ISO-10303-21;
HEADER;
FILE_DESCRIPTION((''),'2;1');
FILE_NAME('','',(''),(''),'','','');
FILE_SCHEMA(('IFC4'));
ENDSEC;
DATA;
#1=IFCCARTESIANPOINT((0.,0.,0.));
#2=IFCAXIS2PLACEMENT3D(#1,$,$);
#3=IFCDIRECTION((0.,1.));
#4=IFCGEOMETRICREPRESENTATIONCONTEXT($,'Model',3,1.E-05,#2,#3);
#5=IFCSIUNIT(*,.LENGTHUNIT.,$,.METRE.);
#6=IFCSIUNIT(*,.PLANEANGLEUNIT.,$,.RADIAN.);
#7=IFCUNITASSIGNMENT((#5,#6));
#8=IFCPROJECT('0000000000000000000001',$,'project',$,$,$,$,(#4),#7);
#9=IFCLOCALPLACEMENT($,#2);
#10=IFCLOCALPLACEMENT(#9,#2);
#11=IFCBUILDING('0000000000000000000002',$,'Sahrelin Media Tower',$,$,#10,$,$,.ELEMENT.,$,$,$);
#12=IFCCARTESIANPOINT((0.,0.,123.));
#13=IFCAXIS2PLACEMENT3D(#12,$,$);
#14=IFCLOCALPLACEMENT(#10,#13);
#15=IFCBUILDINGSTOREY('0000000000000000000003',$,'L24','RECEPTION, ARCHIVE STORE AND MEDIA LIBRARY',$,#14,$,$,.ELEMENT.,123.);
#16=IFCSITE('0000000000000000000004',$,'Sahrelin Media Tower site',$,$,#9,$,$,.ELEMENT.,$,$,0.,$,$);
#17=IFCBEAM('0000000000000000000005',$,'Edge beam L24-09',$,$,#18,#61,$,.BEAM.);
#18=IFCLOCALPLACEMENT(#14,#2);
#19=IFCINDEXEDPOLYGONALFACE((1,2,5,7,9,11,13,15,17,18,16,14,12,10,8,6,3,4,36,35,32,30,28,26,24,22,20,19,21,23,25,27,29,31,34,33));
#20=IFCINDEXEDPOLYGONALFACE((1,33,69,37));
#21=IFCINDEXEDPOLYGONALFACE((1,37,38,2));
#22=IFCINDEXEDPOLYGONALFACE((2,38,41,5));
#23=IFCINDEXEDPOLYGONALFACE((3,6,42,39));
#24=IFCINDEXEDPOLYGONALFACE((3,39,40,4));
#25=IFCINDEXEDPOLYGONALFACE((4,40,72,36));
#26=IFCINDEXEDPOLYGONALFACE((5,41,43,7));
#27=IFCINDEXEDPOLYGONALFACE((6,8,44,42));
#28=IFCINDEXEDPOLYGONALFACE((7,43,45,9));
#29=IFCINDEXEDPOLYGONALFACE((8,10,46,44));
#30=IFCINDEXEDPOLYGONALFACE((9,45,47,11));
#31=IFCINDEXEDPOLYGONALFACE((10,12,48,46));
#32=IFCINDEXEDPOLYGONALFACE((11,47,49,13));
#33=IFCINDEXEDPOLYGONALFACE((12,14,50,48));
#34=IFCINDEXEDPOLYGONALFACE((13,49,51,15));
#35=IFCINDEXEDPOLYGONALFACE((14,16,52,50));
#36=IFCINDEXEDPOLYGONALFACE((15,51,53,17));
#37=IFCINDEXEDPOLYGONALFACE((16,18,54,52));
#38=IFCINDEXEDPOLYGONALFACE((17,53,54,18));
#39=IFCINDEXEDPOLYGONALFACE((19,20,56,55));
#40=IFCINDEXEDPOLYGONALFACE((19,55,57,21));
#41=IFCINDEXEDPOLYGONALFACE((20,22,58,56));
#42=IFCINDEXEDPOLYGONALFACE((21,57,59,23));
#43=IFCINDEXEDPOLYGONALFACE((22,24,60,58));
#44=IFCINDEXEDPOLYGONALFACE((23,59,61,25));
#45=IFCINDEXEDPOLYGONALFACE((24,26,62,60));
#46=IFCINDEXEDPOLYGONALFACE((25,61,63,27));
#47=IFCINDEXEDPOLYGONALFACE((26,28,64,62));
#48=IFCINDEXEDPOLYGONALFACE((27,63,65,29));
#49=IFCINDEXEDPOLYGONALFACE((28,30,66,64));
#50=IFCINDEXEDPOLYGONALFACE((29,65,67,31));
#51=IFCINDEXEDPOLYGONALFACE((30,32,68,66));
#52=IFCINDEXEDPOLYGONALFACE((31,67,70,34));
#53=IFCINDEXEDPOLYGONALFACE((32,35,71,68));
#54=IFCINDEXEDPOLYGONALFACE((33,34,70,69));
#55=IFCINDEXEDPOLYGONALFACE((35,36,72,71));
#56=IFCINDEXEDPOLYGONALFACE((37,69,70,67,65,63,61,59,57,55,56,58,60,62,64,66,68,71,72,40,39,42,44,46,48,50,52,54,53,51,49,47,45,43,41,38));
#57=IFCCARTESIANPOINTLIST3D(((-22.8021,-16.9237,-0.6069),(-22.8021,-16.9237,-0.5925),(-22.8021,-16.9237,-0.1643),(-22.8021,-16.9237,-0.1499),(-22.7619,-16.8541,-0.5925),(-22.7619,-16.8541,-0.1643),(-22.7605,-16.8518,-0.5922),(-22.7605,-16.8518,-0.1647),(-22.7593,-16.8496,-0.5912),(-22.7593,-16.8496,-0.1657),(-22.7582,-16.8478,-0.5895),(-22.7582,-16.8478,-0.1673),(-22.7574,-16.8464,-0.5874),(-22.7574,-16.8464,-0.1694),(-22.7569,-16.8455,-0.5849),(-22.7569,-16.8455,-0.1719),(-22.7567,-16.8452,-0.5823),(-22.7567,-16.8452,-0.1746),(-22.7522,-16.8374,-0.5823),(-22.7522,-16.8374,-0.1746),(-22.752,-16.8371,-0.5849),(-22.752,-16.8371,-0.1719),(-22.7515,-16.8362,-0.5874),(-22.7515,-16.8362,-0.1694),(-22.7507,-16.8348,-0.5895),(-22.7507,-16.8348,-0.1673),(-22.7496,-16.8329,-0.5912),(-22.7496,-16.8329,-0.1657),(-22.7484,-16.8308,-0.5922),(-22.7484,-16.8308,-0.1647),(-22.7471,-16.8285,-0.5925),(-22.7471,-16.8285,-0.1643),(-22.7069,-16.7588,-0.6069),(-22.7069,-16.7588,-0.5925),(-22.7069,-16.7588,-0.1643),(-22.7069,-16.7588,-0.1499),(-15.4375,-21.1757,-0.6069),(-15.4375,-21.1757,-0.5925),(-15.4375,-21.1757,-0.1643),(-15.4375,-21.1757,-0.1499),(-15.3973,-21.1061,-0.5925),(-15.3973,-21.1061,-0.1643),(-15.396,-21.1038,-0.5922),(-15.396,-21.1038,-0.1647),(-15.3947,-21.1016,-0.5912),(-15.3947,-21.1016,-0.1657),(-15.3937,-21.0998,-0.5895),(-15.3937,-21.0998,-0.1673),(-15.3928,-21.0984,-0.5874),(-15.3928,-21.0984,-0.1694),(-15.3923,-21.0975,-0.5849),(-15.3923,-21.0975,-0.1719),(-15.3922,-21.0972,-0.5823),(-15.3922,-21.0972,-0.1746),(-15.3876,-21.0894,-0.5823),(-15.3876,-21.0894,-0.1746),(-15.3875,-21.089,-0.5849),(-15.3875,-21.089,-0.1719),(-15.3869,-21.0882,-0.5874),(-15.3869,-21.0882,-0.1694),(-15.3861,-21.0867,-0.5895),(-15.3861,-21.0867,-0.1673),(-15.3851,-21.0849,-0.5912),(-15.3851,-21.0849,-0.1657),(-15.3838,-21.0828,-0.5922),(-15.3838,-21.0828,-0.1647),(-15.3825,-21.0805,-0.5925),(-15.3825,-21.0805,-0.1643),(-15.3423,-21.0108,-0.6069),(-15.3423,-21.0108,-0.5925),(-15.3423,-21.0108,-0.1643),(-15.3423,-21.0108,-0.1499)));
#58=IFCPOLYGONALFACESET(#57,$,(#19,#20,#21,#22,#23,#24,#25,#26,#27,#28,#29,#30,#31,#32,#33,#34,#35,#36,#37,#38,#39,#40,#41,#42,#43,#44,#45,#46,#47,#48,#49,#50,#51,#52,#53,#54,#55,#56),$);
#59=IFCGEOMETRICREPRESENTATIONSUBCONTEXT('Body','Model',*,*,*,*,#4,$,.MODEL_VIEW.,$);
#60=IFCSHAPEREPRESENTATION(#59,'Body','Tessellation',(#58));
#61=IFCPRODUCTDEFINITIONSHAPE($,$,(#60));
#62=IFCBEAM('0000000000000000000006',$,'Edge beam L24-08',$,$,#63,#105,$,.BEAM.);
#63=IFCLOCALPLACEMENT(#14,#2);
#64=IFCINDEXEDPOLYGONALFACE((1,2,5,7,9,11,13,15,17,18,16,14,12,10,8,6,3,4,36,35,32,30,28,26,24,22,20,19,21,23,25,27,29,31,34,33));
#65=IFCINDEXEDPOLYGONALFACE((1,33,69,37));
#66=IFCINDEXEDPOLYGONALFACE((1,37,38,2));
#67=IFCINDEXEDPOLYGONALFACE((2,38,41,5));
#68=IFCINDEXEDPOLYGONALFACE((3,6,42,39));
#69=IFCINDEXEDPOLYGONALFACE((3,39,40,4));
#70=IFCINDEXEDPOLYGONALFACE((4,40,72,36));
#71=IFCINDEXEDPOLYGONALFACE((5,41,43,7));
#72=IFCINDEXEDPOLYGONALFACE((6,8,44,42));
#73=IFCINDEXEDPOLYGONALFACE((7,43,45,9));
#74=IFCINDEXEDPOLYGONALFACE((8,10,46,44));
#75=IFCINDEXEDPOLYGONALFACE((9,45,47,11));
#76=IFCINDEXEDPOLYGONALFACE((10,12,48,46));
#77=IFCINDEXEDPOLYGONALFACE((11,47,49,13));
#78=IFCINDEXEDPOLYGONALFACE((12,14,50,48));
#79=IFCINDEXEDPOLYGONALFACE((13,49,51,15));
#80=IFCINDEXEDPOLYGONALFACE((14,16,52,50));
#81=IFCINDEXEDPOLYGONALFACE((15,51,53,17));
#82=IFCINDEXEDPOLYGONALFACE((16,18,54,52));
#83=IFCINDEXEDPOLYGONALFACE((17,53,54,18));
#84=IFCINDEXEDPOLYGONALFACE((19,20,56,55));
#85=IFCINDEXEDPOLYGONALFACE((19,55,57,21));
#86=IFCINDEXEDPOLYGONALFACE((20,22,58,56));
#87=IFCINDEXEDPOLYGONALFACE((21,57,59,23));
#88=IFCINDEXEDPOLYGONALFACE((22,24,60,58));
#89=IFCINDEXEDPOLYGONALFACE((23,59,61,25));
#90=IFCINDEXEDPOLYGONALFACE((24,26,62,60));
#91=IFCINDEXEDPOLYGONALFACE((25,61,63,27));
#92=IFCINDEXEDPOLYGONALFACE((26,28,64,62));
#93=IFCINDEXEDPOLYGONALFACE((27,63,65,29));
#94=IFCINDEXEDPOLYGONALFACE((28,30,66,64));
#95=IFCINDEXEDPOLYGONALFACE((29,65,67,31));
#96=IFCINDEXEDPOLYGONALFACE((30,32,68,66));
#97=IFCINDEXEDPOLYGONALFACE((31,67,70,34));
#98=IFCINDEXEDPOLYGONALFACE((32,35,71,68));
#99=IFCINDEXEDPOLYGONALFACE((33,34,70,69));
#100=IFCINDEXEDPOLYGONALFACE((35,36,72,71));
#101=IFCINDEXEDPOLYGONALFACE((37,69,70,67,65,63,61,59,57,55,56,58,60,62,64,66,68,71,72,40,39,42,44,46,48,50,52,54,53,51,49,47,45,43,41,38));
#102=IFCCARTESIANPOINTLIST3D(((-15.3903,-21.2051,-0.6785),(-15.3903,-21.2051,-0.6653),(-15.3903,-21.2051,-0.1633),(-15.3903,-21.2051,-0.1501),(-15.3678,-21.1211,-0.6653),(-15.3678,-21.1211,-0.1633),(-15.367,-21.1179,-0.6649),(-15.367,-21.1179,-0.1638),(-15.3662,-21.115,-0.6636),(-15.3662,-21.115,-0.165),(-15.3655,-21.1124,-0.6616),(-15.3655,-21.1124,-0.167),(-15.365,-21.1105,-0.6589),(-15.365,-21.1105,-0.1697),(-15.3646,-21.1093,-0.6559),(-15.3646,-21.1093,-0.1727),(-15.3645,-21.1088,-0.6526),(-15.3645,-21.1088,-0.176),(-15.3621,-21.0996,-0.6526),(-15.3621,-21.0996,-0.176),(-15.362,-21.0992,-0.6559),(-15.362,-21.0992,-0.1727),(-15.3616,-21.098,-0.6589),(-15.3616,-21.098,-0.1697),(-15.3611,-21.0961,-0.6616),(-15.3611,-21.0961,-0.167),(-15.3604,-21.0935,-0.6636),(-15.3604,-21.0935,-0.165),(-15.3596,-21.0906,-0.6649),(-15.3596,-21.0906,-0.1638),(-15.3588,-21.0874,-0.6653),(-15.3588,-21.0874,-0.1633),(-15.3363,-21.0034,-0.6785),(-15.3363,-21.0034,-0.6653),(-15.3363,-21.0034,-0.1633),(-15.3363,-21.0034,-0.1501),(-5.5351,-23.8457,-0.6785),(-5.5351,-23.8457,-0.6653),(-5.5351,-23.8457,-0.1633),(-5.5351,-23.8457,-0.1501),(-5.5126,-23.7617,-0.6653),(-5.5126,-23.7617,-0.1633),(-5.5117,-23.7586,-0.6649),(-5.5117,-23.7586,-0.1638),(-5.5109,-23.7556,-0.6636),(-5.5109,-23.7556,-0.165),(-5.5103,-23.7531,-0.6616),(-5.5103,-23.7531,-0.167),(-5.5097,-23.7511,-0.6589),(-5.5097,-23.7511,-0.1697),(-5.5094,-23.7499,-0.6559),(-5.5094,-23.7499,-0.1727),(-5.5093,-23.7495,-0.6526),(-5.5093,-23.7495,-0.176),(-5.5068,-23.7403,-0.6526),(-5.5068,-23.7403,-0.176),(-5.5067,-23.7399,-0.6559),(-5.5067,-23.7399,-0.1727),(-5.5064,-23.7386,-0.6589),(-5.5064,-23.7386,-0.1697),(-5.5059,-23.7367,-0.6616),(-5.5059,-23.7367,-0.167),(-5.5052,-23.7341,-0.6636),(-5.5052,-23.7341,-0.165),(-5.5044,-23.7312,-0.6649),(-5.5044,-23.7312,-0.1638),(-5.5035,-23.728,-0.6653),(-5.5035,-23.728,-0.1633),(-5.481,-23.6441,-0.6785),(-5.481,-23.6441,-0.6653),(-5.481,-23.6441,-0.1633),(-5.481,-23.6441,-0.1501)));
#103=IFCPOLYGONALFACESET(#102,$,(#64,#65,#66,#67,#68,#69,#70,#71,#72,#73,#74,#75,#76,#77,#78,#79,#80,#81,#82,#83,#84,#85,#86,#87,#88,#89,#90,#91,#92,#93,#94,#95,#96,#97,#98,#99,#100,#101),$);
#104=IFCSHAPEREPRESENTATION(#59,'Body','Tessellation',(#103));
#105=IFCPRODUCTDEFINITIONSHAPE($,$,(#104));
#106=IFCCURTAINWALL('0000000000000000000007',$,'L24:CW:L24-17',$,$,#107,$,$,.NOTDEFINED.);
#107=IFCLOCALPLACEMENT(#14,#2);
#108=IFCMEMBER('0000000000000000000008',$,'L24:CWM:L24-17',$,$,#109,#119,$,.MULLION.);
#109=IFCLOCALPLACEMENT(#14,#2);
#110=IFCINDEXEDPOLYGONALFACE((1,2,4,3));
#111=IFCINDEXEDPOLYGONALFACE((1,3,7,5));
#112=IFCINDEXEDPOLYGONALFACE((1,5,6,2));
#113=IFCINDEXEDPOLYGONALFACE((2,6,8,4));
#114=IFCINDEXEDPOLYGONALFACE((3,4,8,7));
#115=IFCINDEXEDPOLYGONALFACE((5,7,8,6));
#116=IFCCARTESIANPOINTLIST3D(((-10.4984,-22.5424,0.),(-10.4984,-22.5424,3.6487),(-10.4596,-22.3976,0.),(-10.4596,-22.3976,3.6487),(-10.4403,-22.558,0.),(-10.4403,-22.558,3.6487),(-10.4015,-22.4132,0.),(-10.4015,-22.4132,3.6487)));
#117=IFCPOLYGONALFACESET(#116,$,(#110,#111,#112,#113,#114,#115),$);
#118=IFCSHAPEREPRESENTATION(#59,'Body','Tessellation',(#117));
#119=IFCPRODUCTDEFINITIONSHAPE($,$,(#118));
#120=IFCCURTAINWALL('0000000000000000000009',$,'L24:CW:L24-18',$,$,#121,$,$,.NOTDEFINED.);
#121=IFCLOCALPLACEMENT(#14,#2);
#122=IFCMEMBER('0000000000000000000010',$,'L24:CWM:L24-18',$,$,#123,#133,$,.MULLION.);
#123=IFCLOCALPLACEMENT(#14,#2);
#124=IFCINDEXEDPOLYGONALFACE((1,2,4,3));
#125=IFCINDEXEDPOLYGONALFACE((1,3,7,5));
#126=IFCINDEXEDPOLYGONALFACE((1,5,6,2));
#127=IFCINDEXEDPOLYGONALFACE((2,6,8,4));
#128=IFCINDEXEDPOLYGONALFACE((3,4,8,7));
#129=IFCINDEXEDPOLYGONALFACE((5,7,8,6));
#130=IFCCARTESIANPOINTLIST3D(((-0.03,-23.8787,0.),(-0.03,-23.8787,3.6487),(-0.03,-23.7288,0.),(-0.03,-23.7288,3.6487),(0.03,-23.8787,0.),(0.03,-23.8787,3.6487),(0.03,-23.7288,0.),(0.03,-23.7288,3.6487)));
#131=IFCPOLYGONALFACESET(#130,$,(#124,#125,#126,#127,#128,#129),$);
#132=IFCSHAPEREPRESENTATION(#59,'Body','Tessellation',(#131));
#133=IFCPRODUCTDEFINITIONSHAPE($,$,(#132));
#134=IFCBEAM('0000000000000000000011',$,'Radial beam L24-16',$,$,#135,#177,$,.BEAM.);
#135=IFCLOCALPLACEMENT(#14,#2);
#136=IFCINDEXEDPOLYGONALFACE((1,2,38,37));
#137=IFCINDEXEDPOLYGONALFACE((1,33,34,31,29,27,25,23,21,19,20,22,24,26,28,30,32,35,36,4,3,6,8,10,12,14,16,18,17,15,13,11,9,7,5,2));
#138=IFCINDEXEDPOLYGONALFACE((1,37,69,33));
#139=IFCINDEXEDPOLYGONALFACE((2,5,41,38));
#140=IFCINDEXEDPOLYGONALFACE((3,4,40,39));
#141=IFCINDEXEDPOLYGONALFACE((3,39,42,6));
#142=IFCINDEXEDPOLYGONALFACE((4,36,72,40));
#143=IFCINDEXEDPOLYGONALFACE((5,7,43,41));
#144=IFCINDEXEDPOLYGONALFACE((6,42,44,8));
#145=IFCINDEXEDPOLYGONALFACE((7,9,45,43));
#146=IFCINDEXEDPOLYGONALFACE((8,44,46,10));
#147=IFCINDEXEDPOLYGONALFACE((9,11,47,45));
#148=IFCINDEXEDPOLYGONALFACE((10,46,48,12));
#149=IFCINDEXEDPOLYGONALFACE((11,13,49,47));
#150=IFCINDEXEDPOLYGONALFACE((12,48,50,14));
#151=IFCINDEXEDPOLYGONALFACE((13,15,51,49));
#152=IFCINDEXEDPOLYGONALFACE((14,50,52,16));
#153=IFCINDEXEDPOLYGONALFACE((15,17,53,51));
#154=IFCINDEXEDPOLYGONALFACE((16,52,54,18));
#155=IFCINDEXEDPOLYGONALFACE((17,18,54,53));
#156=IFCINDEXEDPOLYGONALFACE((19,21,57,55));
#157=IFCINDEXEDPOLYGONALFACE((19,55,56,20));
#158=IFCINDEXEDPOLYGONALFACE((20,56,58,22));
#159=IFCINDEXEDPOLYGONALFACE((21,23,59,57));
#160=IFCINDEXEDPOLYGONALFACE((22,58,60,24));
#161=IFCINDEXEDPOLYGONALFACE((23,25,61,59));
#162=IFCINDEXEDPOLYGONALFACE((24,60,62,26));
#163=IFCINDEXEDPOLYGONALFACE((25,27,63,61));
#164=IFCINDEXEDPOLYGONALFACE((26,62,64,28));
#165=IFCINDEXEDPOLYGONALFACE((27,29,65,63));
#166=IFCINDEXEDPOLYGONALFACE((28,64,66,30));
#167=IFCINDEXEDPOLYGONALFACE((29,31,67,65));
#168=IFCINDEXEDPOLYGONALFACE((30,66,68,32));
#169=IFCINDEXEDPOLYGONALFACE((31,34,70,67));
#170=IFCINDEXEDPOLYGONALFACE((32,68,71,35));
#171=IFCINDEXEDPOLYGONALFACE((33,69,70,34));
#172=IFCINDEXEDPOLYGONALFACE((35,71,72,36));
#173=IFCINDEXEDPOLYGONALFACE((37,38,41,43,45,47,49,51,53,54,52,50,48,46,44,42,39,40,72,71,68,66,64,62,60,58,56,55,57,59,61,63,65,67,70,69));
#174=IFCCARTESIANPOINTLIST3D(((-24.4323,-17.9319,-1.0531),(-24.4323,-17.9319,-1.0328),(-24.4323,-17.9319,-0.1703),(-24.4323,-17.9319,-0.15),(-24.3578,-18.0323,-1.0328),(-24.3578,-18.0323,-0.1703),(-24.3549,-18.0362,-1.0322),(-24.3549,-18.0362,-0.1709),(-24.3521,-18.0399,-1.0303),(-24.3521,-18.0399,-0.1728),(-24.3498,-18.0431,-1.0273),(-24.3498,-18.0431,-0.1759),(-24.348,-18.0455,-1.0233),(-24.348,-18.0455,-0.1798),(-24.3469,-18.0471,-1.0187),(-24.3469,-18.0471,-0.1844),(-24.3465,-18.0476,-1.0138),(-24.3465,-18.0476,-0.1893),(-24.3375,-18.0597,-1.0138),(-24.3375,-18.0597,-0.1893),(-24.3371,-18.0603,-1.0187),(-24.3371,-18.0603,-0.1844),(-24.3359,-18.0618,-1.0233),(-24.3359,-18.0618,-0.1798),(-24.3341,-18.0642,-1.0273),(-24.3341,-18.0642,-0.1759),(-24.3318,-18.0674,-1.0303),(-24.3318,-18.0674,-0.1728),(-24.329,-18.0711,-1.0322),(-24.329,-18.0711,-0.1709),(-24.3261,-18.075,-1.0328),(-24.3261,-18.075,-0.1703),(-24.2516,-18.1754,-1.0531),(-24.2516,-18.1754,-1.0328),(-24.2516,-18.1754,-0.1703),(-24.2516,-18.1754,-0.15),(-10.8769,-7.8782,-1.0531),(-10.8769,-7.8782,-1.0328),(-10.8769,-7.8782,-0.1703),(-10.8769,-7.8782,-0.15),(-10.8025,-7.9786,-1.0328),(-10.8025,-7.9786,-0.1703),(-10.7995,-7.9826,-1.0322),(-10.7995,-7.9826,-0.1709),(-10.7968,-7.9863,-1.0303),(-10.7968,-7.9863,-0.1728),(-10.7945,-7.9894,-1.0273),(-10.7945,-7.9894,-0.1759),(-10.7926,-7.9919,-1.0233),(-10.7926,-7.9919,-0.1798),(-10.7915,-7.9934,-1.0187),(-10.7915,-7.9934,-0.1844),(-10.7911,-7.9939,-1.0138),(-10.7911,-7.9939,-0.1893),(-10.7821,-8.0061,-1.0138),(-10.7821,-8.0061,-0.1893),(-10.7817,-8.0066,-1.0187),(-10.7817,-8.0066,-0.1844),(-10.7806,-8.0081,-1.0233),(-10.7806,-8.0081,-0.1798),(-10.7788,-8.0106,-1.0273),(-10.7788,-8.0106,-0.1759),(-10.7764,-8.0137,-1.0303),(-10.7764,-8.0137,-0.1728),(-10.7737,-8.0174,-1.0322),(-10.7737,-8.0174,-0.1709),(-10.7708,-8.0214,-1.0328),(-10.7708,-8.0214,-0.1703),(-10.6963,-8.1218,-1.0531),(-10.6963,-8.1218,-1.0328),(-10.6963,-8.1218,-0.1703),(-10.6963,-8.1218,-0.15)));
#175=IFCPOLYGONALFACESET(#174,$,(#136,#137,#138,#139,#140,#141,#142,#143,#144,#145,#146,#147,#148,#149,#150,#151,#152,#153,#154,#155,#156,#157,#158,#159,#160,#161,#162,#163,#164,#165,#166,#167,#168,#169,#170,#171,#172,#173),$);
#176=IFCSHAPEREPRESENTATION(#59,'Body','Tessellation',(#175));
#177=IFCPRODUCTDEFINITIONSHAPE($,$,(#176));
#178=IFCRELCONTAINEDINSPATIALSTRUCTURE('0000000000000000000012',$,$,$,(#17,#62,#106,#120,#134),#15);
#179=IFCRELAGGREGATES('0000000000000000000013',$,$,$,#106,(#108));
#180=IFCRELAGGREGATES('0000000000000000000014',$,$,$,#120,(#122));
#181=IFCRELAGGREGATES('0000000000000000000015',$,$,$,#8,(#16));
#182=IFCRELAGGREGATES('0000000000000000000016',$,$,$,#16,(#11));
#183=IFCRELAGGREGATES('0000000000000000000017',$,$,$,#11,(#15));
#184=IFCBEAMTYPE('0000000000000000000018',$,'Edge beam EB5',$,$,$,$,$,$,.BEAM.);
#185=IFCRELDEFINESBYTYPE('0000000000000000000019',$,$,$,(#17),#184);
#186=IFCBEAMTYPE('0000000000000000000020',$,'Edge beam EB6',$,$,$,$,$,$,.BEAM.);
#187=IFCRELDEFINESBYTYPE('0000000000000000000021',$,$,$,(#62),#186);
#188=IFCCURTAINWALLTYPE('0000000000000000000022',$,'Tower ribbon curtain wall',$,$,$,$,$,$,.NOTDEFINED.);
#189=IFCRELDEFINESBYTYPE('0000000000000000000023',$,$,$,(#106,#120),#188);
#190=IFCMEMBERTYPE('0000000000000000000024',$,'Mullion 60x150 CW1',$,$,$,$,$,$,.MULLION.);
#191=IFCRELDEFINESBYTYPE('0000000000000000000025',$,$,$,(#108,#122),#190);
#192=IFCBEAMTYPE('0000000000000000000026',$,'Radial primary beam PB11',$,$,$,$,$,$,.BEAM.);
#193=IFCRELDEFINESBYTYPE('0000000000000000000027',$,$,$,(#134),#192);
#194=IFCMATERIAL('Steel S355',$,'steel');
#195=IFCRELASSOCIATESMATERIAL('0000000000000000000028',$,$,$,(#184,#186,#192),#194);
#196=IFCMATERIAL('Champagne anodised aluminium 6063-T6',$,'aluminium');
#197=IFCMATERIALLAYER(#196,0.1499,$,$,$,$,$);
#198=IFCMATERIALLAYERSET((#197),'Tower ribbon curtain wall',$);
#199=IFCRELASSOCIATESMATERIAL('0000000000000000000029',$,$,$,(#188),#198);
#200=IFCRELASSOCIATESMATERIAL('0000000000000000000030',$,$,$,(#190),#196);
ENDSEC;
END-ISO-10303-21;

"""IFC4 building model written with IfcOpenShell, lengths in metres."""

from ifc_helpers import new_model, si_unit, direction, frame, origin, origin_2d, place, context, subcontext, project, spatial, rectangle, i_section, extrude, material, layer, layer_set, material_profile, profile_set, type_object, element, aggregate, save


model = new_model("IFC4")

# Units and contexts
model_context = context("Model", 3, precision=1e-05, world=origin(), true_north=direction((0.0, 1.0)))
body_context = subcontext(model_context, "Body", "Model", "MODEL_VIEW")
ifc_project = project(units=[si_unit("LENGTHUNIT", "METRE"), si_unit("PLANEANGLEUNIT", "RADIAN")], contexts=[model_context])

# Site, building, storey
site_placement = place(None, origin())
site = spatial("IfcSite", under=ifc_project, at=site_placement, Name="Sahrelin Media Tower site", CompositionType="ELEMENT", RefElevation=0.0)
building_placement = place(site_placement, origin())
building = spatial("IfcBuilding", under=site, at=building_placement, Name="Sahrelin Media Tower", CompositionType="ELEMENT")
storey_placement = place(building_placement, frame((0.0, 0.0, 123.0)))
storey = spatial("IfcBuildingStorey", under=building, at=storey_placement, Name="L24", Description="RECEPTION, ARCHIVE STORE AND MEDIA LIBRARY", CompositionType="ELEMENT", Elevation=123.0)

# Beams
ifc_material_1 = material(Name="Steel S355", Category="steel")
ifc_material_profile_1 = material_profile(ifc_material_1, i_section(OverallWidth=0.1904, OverallDepth=0.457, WebThickness=0.009, FlangeThickness=0.0144, FilletRadius=0.0103, at=origin_2d()), Name="UB 457x191x74")
ifc_profile_set_1 = profile_set([ifc_material_profile_1], Name="Steel S355")
beam_type_1 = type_object("IfcBeamType", Name="Edge beam EB5", PredefinedType="BEAM", material=ifc_profile_set_1)
beam_1_placement = place(storey_placement, frame((-15.3899, -21.0933, -0.3784), z_axis=(-0.866023, 0.500005, 0.0), x_axis=(-0.500005, -0.866023, 0.0)))
element("IfcBeam", 1, at=beam_1_placement, inside=storey, type_object=beam_type_1, Name="Edge beam L24-09", PredefinedType="BEAM", context=body_context, shape_type="SweptSolid", body=[
    extrude(i_section(OverallWidth=0.1904, OverallDepth=0.457, WebThickness=0.009, FlangeThickness=0.0144, FilletRadius=0.0103, at=origin_2d()), origin(), (0.0, 0.0, 1.0), 8.5039),
])
ifc_material_profile_2 = material_profile(ifc_material_1, i_section(OverallWidth=0.2087, OverallDepth=0.5283, WebThickness=0.0095, FlangeThickness=0.0132, FilletRadius=0.0127, at=origin_2d()), Name="UB 533x210x82")
ifc_profile_set_2 = profile_set([ifc_material_profile_2], Name="Steel S355")
beam_type_2 = type_object("IfcBeamType", Name="Edge beam EB6", PredefinedType="BEAM", material=ifc_profile_set_2)
beam_2_placement = place(storey_placement, frame((-5.5081, -23.7449, -0.4143), z_axis=(-0.965928, 0.258812, 0.0), x_axis=(-0.258812, -0.965928, 0.0)))
element("IfcBeam", 2, at=beam_2_placement, inside=storey, type_object=beam_type_2, Name="Edge beam L24-08", PredefinedType="BEAM", context=body_context, shape_type="SweptSolid", body=[
    extrude(i_section(OverallWidth=0.2087, OverallDepth=0.5283, WebThickness=0.0095, FlangeThickness=0.0132, FilletRadius=0.0127, at=origin_2d()), origin(), (0.0, 0.0, 1.0), 10.2029),
])

# Curtain walls, members
ifc_material_2 = material(Name="Champagne anodised aluminium 6063-T6", Category="aluminium")
ifc_layer_1 = layer(ifc_material_2, 0.1499)
ifc_layer_set_1 = layer_set([ifc_layer_1], Name="Tower ribbon curtain wall")
curtain_wall_type = type_object("IfcCurtainWallType", Name="Tower ribbon curtain wall", PredefinedType="NOTDEFINED", material=ifc_layer_set_1)
curtain_wall_1_placement = place(storey_placement, frame((-10.4746, -22.5696, 0.0), z_axis=(0.0, 0.0, 1.0), x_axis=(1.0, 0.0, 0.0)))
curtain_wall_1 = element("IfcCurtainWall", 3, at=curtain_wall_1_placement, inside=storey, type_object=curtain_wall_type, Name="L24:CW:L24-17", PredefinedType="NOTDEFINED")
ifc_material_profile_3 = material_profile(ifc_material_2, rectangle(XDim=0.0601, YDim=0.1499, at=origin_2d()), Name="Mullion 60x150")
ifc_profile_set_3 = profile_set([ifc_material_profile_3], Name="Champagne anodised aluminium 6063-T6")
member_type_1 = type_object("IfcMemberType", Name="Mullion 60x150 CW1", PredefinedType="MULLION", material=ifc_profile_set_3)
member_1_placement = place(storey_placement, frame((-10.45, -22.4778, 0.0), z_axis=(0.0, 0.0, 1.0), x_axis=(0.965927, -0.258814, 0.0)))
member_1 = element("IfcMember", 4, at=member_1_placement, type_object=member_type_1, Name="L24:CWM:L24-17", PredefinedType="MULLION", context=body_context, shape_type="SweptSolid", body=[
    extrude(rectangle(XDim=0.0601, YDim=0.1499, at=origin_2d()), origin(), (0.0, 0.0, 1.0), 3.6487),
])
curtain_wall_2_placement = place(storey_placement, frame((0.0, -23.8987, 0.0), z_axis=(0.0, 0.0, 1.0), x_axis=(1.0, 0.0, 0.0)))
curtain_wall_2 = element("IfcCurtainWall", 5, at=curtain_wall_2_placement, inside=storey, type_object=curtain_wall_type, Name="L24:CW:L24-18", PredefinedType="NOTDEFINED")
member_2_placement = place(storey_placement, frame((0.0, -23.8037, 0.0), z_axis=(0.0, 0.0, 1.0), x_axis=(1.0, 0.0, 0.0)))
member_2 = element("IfcMember", 6, at=member_2_placement, type_object=member_type_1, Name="L24:CWM:L24-18", PredefinedType="MULLION", context=body_context, shape_type="SweptSolid", body=[
    extrude(rectangle(XDim=0.0601, YDim=0.1499, at=origin_2d()), origin(), (0.0, 0.0, 1.0), 3.6487),
])

# Beam
ifc_material_profile_4 = material_profile(ifc_material_1, i_section(OverallWidth=0.3032, OverallDepth=0.9031, WebThickness=0.0151, FlangeThickness=0.0203, FilletRadius=0.019, at=origin_2d()), Name="UB 914x305x201")
ifc_profile_set_4 = profile_set([ifc_material_profile_4], Name="Steel S355")
beam_type_3 = type_object("IfcBeamType", Name="Radial primary beam PB11", PredefinedType="BEAM", material=ifc_profile_set_4)
beam_3_placement = place(storey_placement, frame((-10.7866, -8.0, -0.6016), z_axis=(-0.803198, -0.595712, 0.0), x_axis=(0.595712, -0.803198, 0.0)))
element("IfcBeam", 7, at=beam_3_placement, inside=storey, type_object=beam_type_3, Name="Radial beam L24-16", PredefinedType="BEAM", context=body_context, shape_type="SweptSolid", body=[
    extrude(i_section(OverallWidth=0.3032, OverallDepth=0.9031, WebThickness=0.0151, FlangeThickness=0.0203, FilletRadius=0.019, at=origin_2d()), origin(), (0.0, 0.0, 1.0), 16.8767),
])

aggregate(curtain_wall_1, [member_1])
aggregate(curtain_wall_2, [member_2])

save(model, "model.ifc")
